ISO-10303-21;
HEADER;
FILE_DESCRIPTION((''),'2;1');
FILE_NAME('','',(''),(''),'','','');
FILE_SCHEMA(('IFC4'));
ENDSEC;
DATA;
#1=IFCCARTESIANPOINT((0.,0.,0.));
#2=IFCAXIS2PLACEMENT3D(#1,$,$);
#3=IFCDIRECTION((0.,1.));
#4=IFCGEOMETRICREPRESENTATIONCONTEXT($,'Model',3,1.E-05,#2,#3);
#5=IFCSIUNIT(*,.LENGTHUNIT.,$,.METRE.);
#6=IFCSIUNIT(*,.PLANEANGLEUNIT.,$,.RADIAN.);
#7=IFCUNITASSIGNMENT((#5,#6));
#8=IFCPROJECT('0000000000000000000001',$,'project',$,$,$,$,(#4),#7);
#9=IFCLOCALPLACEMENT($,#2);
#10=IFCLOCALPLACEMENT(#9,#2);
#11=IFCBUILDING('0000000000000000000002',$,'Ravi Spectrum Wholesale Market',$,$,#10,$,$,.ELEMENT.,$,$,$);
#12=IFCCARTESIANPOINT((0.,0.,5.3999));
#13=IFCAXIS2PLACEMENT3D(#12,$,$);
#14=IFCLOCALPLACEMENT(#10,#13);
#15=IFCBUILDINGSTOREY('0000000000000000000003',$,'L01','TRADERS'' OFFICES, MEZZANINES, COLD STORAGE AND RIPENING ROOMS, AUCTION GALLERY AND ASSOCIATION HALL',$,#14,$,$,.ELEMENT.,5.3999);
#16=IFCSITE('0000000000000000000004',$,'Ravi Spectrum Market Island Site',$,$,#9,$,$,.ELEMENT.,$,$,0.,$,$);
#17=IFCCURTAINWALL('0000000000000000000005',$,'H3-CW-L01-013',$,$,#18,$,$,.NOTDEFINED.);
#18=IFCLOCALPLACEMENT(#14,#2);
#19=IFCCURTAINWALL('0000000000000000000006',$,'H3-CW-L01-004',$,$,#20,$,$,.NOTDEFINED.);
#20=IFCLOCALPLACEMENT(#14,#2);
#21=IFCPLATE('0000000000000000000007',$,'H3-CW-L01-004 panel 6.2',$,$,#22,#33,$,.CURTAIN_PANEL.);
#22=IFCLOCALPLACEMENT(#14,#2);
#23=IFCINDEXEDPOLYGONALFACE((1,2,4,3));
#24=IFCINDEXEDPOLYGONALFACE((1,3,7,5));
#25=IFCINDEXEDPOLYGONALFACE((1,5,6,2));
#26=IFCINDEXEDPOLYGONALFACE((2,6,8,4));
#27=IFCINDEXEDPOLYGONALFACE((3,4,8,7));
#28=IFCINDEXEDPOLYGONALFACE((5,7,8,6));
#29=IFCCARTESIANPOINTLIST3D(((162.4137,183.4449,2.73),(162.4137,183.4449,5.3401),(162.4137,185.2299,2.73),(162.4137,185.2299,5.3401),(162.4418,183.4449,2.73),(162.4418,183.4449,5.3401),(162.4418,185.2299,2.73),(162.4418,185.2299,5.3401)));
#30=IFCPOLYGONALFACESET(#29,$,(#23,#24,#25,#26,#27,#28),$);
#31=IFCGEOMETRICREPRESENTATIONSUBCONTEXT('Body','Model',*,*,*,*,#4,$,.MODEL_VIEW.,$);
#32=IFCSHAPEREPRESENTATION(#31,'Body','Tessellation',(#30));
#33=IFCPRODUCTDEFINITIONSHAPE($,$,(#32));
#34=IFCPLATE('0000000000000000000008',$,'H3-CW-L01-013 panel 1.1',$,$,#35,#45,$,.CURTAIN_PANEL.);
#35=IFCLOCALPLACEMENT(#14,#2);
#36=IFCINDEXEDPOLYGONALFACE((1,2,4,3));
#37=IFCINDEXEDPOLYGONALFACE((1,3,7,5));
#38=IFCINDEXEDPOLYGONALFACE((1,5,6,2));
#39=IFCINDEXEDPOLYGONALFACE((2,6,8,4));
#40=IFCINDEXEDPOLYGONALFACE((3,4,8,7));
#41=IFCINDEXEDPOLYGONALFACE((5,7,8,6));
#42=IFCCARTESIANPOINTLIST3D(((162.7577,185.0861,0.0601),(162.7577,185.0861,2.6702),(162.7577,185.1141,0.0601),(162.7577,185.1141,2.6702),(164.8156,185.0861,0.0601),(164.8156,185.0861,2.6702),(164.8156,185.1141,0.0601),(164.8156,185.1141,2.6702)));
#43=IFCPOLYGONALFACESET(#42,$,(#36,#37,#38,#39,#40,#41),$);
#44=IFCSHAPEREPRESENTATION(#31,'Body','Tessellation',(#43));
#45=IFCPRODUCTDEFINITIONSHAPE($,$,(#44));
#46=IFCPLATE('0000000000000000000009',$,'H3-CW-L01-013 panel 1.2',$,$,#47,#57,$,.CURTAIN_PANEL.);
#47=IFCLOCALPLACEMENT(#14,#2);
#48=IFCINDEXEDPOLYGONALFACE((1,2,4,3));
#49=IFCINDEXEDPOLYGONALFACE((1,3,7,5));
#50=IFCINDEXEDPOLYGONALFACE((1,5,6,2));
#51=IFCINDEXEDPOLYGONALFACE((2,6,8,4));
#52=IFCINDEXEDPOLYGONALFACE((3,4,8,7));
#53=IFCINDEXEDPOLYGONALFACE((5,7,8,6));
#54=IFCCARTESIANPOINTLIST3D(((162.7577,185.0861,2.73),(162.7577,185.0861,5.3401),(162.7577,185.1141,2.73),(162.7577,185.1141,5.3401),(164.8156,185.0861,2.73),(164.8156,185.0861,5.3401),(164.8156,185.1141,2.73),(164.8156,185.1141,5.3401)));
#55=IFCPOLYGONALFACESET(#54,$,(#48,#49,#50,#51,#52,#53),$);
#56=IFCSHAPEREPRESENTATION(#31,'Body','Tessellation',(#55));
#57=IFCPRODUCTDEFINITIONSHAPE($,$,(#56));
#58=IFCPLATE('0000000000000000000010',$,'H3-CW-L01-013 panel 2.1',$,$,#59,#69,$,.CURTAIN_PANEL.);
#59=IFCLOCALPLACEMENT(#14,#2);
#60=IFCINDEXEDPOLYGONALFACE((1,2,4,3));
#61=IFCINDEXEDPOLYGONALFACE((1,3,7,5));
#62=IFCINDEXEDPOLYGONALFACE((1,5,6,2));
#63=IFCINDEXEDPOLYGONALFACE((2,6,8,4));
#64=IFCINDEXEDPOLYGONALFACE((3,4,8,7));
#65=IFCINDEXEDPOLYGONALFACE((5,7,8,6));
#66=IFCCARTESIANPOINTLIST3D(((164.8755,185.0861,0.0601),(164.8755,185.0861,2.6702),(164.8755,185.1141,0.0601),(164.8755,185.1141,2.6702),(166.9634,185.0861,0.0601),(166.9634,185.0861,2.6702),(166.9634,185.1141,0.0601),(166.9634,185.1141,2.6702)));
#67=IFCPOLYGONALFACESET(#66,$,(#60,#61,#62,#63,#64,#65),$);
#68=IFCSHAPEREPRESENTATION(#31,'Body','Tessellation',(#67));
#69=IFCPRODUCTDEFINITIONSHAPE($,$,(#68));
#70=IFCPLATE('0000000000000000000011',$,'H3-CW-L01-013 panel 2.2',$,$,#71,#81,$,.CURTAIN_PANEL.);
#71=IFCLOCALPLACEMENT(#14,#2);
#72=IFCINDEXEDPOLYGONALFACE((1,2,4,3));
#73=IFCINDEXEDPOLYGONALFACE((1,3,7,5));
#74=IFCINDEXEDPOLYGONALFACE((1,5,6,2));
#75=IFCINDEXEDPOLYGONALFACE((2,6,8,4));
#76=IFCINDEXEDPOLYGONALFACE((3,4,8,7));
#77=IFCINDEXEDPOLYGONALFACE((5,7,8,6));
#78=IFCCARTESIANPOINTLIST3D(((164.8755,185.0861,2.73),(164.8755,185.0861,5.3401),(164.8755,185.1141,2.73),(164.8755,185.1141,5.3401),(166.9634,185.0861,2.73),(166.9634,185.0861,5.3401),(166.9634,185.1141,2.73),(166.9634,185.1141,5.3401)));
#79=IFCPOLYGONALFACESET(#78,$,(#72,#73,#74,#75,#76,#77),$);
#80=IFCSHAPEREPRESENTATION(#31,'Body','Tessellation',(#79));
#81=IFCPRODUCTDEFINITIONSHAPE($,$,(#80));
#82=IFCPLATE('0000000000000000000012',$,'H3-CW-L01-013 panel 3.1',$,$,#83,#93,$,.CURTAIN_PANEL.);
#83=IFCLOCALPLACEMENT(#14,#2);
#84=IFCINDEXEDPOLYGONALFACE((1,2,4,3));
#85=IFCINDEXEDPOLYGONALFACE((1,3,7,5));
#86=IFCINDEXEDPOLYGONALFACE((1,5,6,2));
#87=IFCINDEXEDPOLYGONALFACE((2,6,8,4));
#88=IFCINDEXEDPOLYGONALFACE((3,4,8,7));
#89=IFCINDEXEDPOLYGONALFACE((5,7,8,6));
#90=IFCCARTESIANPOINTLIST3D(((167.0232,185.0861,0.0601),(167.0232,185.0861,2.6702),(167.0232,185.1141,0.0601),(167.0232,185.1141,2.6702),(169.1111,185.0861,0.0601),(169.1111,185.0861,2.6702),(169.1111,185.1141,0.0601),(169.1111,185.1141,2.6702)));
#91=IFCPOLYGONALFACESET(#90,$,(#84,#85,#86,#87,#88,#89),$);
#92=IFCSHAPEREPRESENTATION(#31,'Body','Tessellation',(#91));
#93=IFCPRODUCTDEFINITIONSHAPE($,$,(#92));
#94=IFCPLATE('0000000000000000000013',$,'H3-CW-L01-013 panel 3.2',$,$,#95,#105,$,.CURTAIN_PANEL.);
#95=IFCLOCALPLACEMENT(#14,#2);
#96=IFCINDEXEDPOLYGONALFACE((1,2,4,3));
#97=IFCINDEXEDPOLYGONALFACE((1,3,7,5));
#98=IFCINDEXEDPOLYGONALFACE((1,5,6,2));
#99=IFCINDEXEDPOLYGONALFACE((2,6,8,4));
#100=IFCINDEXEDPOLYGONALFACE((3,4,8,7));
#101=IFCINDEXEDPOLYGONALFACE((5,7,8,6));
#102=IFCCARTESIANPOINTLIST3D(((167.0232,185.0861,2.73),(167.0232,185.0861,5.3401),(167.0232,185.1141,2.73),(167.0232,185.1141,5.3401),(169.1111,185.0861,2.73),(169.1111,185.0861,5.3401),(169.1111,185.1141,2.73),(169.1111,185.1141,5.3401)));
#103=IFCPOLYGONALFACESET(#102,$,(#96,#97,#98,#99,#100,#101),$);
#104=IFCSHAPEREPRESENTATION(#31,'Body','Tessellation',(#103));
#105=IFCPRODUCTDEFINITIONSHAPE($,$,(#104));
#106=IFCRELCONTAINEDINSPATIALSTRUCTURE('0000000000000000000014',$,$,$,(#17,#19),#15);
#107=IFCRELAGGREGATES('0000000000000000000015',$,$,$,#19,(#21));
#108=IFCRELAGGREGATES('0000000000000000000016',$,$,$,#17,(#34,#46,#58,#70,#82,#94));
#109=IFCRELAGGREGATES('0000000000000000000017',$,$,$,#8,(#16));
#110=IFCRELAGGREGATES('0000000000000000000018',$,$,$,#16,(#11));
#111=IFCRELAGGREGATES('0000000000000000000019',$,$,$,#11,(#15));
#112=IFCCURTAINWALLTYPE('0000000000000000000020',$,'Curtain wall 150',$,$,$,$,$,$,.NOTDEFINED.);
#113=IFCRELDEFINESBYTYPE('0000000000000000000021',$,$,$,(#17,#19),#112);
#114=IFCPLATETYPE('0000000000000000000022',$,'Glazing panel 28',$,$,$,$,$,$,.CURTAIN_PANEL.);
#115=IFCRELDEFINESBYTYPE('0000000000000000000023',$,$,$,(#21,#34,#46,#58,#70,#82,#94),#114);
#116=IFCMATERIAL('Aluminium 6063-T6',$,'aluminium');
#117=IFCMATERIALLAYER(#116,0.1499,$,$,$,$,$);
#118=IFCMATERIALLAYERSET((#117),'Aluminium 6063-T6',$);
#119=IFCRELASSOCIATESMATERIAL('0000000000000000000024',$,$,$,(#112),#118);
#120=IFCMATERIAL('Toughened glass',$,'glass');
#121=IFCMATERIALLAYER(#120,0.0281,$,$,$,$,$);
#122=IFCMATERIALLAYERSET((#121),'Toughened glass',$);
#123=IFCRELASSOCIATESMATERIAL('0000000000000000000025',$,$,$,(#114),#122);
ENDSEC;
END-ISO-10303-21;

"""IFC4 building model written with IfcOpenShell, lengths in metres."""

from ifc_helpers import new_model, si_unit, direction, frame, origin, origin_2d, place, context, subcontext, project, spatial, rectangle, extrude, material, layer, layer_set, type_object, element, aggregate, save


model = new_model("IFC4")

# Units and contexts
model_context = context("Model", 3, precision=1e-05, world=origin(), true_north=direction((0.0, 1.0)))
body_context = subcontext(model_context, "Body", "Model", "MODEL_VIEW")
ifc_project = project(units=[si_unit("LENGTHUNIT", "METRE"), si_unit("PLANEANGLEUNIT", "RADIAN")], contexts=[model_context])

# Site, building, storey
site_placement = place(None, origin())
site = spatial("IfcSite", under=ifc_project, at=site_placement, Name="Ravi Spectrum Market Island Site", CompositionType="ELEMENT", RefElevation=0.0)
building_placement = place(site_placement, origin())
building = spatial("IfcBuilding", under=site, at=building_placement, Name="Ravi Spectrum Wholesale Market", CompositionType="ELEMENT")
storey_placement = place(building_placement, frame((0.0, 0.0, 5.3999)))
storey = spatial("IfcBuildingStorey", under=building, at=storey_placement, Name="L01", Description="TRADERS' OFFICES, MEZZANINES, COLD STORAGE AND RIPENING ROOMS, AUCTION GALLERY AND ASSOCIATION HALL", CompositionType="ELEMENT", Elevation=5.3999)

# Curtain wall
ifc_material_1 = material(Name="Aluminium 6063-T6", Category="aluminium")
ifc_layer_1 = layer(ifc_material_1, 0.1499)
ifc_layer_set_1 = layer_set([ifc_layer_1], Name="Aluminium 6063-T6")
curtain_wall_type = type_object("IfcCurtainWallType", Name="Curtain wall 150", PredefinedType="NOTDEFINED", material=ifc_layer_set_1)
curtain_wall_1_placement = place(storey_placement, origin())
curtain_wall_1 = element("IfcCurtainWall", 1, at=curtain_wall_1_placement, inside=storey, type_object=curtain_wall_type, Name="H3-CW-L01-013", PredefinedType="NOTDEFINED")

# Curtain wall, plate
curtain_wall_2_placement = place(storey_placement, origin())
curtain_wall_2 = element("IfcCurtainWall", 2, at=curtain_wall_2_placement, inside=storey, type_object=curtain_wall_type, Name="H3-CW-L01-004", PredefinedType="NOTDEFINED")
ifc_material_2 = material(Name="Toughened glass", Category="glass")
ifc_layer_2 = layer(ifc_material_2, 0.0281)
ifc_layer_set_2 = layer_set([ifc_layer_2], Name="Toughened glass")
plate_type = type_object("IfcPlateType", Name="Glazing panel 28", PredefinedType="CURTAIN_PANEL", material=ifc_layer_set_2)
plate_1_placement = place(storey_placement, frame((162.4277, 184.3374, 2.73), z_axis=(0.0, 0.0, 1.0), x_axis=(0.0, 1.0, 0.0)))
plate_1 = element("IfcPlate", 3, at=plate_1_placement, type_object=plate_type, Name="H3-CW-L01-004 panel 6.2", PredefinedType="CURTAIN_PANEL", context=body_context, shape_type="SweptSolid", body=[
    extrude(rectangle(XDim=1.7849, YDim=0.0281, at=origin_2d()), origin(), (0.0, 0.0, 1.0), 2.6101),
])
aggregate(curtain_wall_2, [plate_1])

# Plates
plate_2_placement = place(storey_placement, frame((163.7866, 185.1001, 0.0601), z_axis=(0.0, 0.0, 1.0), x_axis=(1.0, 0.0, 0.0)))
plate_2 = element("IfcPlate", 4, at=plate_2_placement, type_object=plate_type, Name="H3-CW-L01-013 panel 1.1", PredefinedType="CURTAIN_PANEL", context=body_context, shape_type="SweptSolid", body=[
    extrude(rectangle(XDim=2.0579, YDim=0.0281, at=origin_2d()), origin(), (0.0, 0.0, 1.0), 2.6101),
])
plate_3_placement = place(storey_placement, frame((163.7866, 185.1001, 2.73), z_axis=(0.0, 0.0, 1.0), x_axis=(1.0, 0.0, 0.0)))
plate_3 = element("IfcPlate", 5, at=plate_3_placement, type_object=plate_type, Name="H3-CW-L01-013 panel 1.2", PredefinedType="CURTAIN_PANEL", context=body_context, shape_type="SweptSolid", body=[
    extrude(rectangle(XDim=2.0579, YDim=0.0281, at=origin_2d()), origin(), (0.0, 0.0, 1.0), 2.6101),
])
plate_4_placement = place(storey_placement, frame((165.9194, 185.1001, 0.0601), z_axis=(0.0, 0.0, 1.0), x_axis=(1.0, 0.0, 0.0)))
plate_4 = element("IfcPlate", 6, at=plate_4_placement, type_object=plate_type, Name="H3-CW-L01-013 panel 2.1", PredefinedType="CURTAIN_PANEL", context=body_context, shape_type="SweptSolid", body=[
    extrude(rectangle(XDim=2.0879, YDim=0.0281, at=origin_2d()), origin(), (0.0, 0.0, 1.0), 2.6101),
])
plate_5_placement = place(storey_placement, frame((165.9194, 185.1001, 2.73), z_axis=(0.0, 0.0, 1.0), x_axis=(1.0, 0.0, 0.0)))
plate_5 = element("IfcPlate", 7, at=plate_5_placement, type_object=plate_type, Name="H3-CW-L01-013 panel 2.2", PredefinedType="CURTAIN_PANEL", context=body_context, shape_type="SweptSolid", body=[
    extrude(rectangle(XDim=2.0879, YDim=0.0281, at=origin_2d()), origin(), (0.0, 0.0, 1.0), 2.6101),
])
plate_6_placement = place(storey_placement, frame((168.0671, 185.1001, 0.0601), z_axis=(0.0, 0.0, 1.0), x_axis=(1.0, 0.0, 0.0)))
plate_6 = element("IfcPlate", 8, at=plate_6_placement, type_object=plate_type, Name="H3-CW-L01-013 panel 3.1", PredefinedType="CURTAIN_PANEL", context=body_context, shape_type="SweptSolid", body=[
    extrude(rectangle(XDim=2.0879, YDim=0.0281, at=origin_2d()), origin(), (0.0, 0.0, 1.0), 2.6101),
])
plate_7_placement = place(storey_placement, frame((168.0671, 185.1001, 2.73), z_axis=(0.0, 0.0, 1.0), x_axis=(1.0, 0.0, 0.0)))
plate_7 = element("IfcPlate", 9, at=plate_7_placement, type_object=plate_type, Name="H3-CW-L01-013 panel 3.2", PredefinedType="CURTAIN_PANEL", context=body_context, shape_type="SweptSolid", body=[
    extrude(rectangle(XDim=2.0879, YDim=0.0281, at=origin_2d()), origin(), (0.0, 0.0, 1.0), 2.6101),
])
aggregate(curtain_wall_1, [plate_2, plate_3, plate_4, plate_5, plate_6, plate_7])

save(model, "model.ifc")
